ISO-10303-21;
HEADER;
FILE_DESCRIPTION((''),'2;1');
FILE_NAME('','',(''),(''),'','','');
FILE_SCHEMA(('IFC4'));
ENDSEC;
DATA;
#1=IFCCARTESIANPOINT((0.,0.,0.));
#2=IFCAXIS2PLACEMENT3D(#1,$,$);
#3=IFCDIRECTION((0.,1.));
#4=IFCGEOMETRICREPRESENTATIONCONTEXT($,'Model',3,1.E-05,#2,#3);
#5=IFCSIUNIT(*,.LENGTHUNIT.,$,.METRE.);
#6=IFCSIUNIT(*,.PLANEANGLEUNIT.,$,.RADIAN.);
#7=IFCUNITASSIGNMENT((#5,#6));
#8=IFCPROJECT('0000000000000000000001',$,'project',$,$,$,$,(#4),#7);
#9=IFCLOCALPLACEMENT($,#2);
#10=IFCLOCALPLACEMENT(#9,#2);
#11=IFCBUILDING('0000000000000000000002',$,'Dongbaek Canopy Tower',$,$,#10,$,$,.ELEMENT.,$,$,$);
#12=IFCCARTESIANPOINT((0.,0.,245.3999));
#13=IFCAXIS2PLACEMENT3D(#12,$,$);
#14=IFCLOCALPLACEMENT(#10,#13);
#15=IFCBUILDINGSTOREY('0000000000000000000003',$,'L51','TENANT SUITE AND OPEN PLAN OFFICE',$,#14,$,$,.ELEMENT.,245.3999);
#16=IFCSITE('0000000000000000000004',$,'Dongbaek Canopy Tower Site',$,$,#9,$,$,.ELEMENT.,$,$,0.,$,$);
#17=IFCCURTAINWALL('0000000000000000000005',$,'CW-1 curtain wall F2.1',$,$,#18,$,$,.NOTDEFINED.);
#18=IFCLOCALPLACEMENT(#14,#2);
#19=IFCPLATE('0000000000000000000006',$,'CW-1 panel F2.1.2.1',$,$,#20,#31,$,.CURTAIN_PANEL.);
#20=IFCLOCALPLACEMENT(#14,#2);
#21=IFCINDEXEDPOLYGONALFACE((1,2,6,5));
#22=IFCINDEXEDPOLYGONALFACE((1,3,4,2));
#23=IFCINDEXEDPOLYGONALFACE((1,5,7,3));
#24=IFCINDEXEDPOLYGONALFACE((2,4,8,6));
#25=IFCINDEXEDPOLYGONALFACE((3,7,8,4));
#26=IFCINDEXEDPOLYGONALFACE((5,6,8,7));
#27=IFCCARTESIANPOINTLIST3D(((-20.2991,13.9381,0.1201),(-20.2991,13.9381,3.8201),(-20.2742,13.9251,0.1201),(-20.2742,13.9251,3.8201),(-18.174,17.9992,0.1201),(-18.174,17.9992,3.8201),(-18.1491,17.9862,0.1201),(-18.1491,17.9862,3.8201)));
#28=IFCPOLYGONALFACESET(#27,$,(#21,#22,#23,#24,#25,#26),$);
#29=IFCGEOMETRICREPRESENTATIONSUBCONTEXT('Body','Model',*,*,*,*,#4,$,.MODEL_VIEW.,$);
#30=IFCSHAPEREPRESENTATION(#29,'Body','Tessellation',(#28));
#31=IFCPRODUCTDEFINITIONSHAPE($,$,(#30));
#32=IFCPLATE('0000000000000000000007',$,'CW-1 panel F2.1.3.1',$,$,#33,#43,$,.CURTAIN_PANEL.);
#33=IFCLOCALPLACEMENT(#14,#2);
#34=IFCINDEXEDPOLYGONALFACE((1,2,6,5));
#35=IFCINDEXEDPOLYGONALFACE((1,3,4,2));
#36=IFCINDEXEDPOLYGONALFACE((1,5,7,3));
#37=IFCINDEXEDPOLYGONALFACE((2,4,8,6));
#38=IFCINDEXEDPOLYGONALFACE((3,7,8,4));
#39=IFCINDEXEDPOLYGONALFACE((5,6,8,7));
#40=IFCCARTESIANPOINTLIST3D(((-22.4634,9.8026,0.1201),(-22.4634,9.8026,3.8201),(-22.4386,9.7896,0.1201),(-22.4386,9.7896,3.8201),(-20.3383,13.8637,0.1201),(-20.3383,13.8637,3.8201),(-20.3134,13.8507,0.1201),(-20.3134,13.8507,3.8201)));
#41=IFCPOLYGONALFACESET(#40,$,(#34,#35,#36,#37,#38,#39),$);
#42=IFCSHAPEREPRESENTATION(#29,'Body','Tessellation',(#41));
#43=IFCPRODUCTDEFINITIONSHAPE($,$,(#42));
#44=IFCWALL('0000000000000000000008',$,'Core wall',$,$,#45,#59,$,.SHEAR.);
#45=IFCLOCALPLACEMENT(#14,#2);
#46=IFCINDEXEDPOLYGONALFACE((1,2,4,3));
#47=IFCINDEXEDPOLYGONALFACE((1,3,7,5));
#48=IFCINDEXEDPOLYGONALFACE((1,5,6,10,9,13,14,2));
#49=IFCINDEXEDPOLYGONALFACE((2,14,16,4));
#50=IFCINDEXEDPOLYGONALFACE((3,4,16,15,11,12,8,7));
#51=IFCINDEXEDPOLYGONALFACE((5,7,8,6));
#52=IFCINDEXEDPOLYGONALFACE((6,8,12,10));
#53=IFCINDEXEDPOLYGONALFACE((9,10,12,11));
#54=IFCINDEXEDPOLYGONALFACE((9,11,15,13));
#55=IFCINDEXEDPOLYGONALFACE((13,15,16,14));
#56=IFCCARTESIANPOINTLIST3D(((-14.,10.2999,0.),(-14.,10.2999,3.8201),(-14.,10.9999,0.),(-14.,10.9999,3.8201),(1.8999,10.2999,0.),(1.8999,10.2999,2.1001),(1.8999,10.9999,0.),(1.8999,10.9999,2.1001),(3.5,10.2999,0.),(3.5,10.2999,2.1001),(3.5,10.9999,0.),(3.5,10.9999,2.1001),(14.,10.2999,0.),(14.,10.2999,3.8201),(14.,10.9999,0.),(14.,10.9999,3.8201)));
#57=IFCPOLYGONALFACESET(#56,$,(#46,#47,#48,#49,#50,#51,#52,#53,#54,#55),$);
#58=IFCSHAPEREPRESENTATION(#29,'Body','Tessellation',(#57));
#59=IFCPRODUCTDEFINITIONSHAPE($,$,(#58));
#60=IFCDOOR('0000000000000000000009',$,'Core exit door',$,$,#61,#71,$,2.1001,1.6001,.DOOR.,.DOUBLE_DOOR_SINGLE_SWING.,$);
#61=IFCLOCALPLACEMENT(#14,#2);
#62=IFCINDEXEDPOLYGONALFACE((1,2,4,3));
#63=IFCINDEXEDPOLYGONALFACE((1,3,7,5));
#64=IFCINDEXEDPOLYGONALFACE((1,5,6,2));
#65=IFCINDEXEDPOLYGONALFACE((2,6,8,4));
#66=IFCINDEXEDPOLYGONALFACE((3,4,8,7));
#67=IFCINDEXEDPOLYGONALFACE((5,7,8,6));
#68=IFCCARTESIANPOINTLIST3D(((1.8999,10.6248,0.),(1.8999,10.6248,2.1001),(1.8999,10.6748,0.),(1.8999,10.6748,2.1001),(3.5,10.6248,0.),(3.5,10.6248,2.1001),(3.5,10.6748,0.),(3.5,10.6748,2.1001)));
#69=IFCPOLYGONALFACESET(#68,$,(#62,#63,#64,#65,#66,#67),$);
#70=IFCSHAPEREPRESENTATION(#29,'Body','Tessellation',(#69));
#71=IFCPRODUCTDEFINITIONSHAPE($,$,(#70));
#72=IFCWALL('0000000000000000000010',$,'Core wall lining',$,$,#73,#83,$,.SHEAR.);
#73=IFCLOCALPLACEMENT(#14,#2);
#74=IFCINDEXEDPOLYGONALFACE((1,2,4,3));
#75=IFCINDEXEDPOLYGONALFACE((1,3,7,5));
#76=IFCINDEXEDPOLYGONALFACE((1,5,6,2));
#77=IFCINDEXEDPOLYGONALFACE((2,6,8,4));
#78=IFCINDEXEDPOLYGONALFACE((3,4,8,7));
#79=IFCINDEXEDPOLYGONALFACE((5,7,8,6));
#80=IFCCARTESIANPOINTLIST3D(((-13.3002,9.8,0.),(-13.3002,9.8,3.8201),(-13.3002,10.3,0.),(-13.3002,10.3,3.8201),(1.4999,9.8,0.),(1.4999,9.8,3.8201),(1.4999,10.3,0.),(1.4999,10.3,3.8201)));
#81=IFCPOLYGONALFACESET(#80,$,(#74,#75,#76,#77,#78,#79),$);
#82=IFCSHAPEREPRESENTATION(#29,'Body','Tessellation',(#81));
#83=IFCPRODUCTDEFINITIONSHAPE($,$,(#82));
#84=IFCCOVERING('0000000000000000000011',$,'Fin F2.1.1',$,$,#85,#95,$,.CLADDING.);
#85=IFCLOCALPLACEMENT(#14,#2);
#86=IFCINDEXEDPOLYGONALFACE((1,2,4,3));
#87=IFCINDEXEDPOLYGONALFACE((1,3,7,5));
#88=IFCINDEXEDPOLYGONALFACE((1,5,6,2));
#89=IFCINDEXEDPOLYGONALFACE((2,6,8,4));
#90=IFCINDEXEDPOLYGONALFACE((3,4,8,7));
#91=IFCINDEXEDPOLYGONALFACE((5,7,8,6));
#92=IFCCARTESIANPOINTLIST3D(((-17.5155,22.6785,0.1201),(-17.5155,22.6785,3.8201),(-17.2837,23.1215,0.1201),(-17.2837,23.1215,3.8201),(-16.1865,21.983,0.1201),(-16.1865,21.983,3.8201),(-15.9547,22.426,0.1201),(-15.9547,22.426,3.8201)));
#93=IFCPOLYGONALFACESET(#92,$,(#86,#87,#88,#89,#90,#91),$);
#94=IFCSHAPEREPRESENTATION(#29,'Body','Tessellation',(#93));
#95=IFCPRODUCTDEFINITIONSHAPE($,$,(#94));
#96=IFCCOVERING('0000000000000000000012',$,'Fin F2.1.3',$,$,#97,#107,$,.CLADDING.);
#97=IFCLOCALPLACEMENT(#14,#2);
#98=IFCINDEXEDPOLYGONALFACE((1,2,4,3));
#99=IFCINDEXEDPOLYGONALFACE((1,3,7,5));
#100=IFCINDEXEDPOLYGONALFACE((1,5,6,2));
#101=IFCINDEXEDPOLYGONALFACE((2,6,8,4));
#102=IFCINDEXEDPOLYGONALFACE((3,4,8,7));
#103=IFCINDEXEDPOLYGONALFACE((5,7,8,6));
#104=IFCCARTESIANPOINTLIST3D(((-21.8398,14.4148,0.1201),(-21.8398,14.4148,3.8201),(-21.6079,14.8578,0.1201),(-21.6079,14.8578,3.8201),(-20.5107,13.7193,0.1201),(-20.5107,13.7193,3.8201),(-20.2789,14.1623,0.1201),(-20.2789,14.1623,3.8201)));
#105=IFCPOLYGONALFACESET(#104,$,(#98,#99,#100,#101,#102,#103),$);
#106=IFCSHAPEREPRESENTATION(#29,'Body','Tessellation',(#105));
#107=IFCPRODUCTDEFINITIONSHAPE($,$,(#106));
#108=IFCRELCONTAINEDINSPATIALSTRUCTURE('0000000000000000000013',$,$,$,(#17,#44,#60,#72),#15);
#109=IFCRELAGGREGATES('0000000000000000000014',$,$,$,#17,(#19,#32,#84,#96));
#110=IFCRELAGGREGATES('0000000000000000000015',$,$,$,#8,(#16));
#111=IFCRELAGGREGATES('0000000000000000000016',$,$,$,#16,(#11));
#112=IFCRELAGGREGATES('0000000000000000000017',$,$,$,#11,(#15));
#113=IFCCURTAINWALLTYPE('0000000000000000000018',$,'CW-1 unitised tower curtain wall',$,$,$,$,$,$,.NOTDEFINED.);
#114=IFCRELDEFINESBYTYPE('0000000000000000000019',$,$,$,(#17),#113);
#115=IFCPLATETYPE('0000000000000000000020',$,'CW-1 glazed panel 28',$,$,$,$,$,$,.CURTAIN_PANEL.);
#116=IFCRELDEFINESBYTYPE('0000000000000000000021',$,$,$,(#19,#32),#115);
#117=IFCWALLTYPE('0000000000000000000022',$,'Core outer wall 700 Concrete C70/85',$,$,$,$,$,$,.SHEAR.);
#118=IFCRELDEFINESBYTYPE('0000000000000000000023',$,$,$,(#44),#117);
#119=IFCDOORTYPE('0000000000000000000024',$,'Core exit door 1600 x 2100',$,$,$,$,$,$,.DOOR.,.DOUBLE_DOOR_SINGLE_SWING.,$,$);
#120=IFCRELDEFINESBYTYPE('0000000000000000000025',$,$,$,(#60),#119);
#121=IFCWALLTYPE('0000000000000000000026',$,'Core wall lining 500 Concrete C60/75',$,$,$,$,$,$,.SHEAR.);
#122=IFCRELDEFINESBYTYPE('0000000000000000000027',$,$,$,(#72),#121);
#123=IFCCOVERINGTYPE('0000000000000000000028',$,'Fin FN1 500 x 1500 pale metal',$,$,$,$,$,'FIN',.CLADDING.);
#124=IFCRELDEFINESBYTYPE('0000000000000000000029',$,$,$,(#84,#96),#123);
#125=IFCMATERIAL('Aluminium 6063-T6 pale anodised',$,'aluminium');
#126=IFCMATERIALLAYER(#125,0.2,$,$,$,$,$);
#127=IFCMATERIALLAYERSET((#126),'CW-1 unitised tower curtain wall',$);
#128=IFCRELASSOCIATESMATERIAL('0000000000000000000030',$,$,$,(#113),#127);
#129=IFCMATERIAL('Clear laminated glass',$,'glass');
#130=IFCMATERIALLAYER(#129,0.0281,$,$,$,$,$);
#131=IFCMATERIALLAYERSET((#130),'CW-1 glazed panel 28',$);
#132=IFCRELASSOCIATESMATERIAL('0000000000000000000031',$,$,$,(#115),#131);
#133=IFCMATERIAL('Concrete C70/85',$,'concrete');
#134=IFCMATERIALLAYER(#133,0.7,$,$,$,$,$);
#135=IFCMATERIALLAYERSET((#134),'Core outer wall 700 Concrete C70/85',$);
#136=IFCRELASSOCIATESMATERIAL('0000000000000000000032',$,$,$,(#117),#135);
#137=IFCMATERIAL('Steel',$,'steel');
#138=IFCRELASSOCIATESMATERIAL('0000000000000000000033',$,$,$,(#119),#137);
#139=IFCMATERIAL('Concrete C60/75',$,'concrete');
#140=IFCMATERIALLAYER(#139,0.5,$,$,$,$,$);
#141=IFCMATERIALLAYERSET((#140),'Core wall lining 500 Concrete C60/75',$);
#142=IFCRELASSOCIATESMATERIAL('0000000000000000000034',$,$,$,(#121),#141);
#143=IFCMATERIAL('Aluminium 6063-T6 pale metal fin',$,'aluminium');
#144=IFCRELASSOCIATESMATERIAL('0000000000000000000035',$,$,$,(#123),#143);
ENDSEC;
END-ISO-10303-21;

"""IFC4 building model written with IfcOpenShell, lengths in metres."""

from ifc_helpers import new_model, si_unit, direction, frame, frame_2d, origin, origin_2d, place, context, subcontext, project, spatial, rectangle, extrude, material, layer, layer_set, material_profile, profile_set, type_object, element, fill, aggregate, save


model = new_model("IFC4")

# Units and contexts
model_context = context("Model", 3, precision=1e-05, world=origin(), true_north=direction((0.0, 1.0)))
body_context = subcontext(model_context, "Body", "Model", "MODEL_VIEW")
ifc_project = project(units=[si_unit("LENGTHUNIT", "METRE"), si_unit("PLANEANGLEUNIT", "RADIAN")], contexts=[model_context])

# Site, building, storey
site_placement = place(None, origin())
site = spatial("IfcSite", under=ifc_project, at=site_placement, Name="Dongbaek Canopy Tower Site", CompositionType="ELEMENT", RefElevation=0.0)
building_placement = place(site_placement, origin())
building = spatial("IfcBuilding", under=site, at=building_placement, Name="Dongbaek Canopy Tower", CompositionType="ELEMENT")
storey_placement = place(building_placement, frame((0.0, 0.0, 245.3999)))
storey = spatial("IfcBuildingStorey", under=building, at=storey_placement, Name="L51", Description="TENANT SUITE AND OPEN PLAN OFFICE", CompositionType="ELEMENT", Elevation=245.3999)

# Curtain wall
ifc_material_1 = material(Name="Aluminium 6063-T6 pale anodised", Category="aluminium")
ifc_layer_1 = layer(ifc_material_1, 0.2)
ifc_layer_set_1 = layer_set([ifc_layer_1], Name="CW-1 unitised tower curtain wall")
curtain_wall_type = type_object("IfcCurtainWallType", Name="CW-1 unitised tower curtain wall", PredefinedType="NOTDEFINED", material=ifc_layer_set_1)
curtain_wall_1_placement = place(storey_placement, origin())
curtain_wall_1 = element("IfcCurtainWall", 1, at=curtain_wall_1_placement, inside=storey, type_object=curtain_wall_type, Name="CW-1 curtain wall F2.1", PredefinedType="NOTDEFINED")

# Plates
ifc_material_2 = material(Name="Clear laminated glass", Category="glass")
ifc_layer_2 = layer(ifc_material_2, 0.0281)
ifc_layer_set_2 = layer_set([ifc_layer_2], Name="CW-1 glazed panel 28")
plate_type = type_object("IfcPlateType", Name="CW-1 glazed panel 28", PredefinedType="CURTAIN_PANEL", material=ifc_layer_set_2)
plate_1_placement = place(storey_placement, frame((-19.2241, 15.9622, 0.1201), z_axis=(0.0, 0.0, 1.0), x_axis=(-0.463649, -0.886019, 0.0)))
plate_1 = element("IfcPlate", 2, at=plate_1_placement, type_object=plate_type, Name="CW-1 panel F2.1.2.1", PredefinedType="CURTAIN_PANEL", context=body_context, shape_type="SweptSolid", body=[
    extrude(rectangle(XDim=4.5835, YDim=0.0281, at=origin_2d()), origin(), (0.0, 0.0, 1.0), 3.7),
])
plate_2_placement = place(storey_placement, frame((-21.3884, 11.8267, 0.1201), z_axis=(0.0, 0.0, 1.0), x_axis=(-0.463649, -0.886019, 0.0)))
plate_2 = element("IfcPlate", 3, at=plate_2_placement, type_object=plate_type, Name="CW-1 panel F2.1.3.1", PredefinedType="CURTAIN_PANEL", context=body_context, shape_type="SweptSolid", body=[
    extrude(rectangle(XDim=4.5835, YDim=0.0281, at=origin_2d()), origin(), (0.0, 0.0, 1.0), 3.7),
])

# Wall, opening, door
ifc_material_3 = material(Name="Concrete C70/85", Category="concrete")
ifc_layer_3 = layer(ifc_material_3, 0.7)
ifc_layer_set_3 = layer_set([ifc_layer_3], Name="Core outer wall 700 Concrete C70/85")
wall_type_1 = type_object("IfcWallType", Name="Core outer wall 700 Concrete C70/85", PredefinedType="SHEAR", material=ifc_layer_set_3)
wall_1_placement = place(storey_placement, frame((-14.0, 10.6499, 0.0), z_axis=(0.0, 0.0, 1.0), x_axis=(1.0, 0.0, 0.0)))
wall_1 = element("IfcWall", 4, at=wall_1_placement, inside=storey, type_object=wall_type_1, Name="Core wall", PredefinedType="SHEAR", context=body_context, shape_type="SweptSolid", body=[
    extrude(rectangle(XDim=28.0, YDim=0.7, at=frame_2d((14.0, 0.0))), origin(), (0.0, 0.0, 1.0), 3.8201),
])
opening_placement = place(wall_1_placement, frame((15.8999, 0.0, 0.0)))
opening = element("IfcOpeningElement", 5, at=opening_placement, cuts=wall_1, PredefinedType="OPENING", context=body_context, shape_type="SweptSolid", body=[
    extrude(rectangle(XDim=1.6001, YDim=2.1001, at=frame_2d((0.8, 1.05))), frame((0.0, 0.3599, 0.0), z_axis=(0.0, -1.0, 0.0), x_axis=(1.0, 0.0, 0.0)), (0.0, 0.0, 1.0), 0.72),
])
ifc_material_4 = material(Name="Steel", Category="steel")
door_type = type_object("IfcDoorType", Name="Core exit door 1600 x 2100", OperationType="DOUBLE_DOOR_SINGLE_SWING", PredefinedType="DOOR", material=ifc_material_4)
door_placement = place(opening_placement, origin())
door = element("IfcDoor", 6, at=door_placement, inside=storey, type_object=door_type, Name="Core exit door", OperationType="DOUBLE_DOOR_SINGLE_SWING", OverallHeight=2.1001, OverallWidth=1.6001, PredefinedType="DOOR", context=body_context, shape_type="SweptSolid", body=[
    extrude(rectangle(XDim=1.6001, YDim=2.1001, at=frame_2d((0.8, 1.05))), frame((0.0, 0.0249, 0.0), z_axis=(0.0, -1.0, 0.0), x_axis=(1.0, 0.0, 0.0)), (0.0, 0.0, 1.0), 0.05),
])
fill(opening, door)

# Wall
ifc_material_5 = material(Name="Concrete C60/75", Category="concrete")
ifc_layer_4 = layer(ifc_material_5, 0.5)
ifc_layer_set_4 = layer_set([ifc_layer_4], Name="Core wall lining 500 Concrete C60/75")
wall_type_2 = type_object("IfcWallType", Name="Core wall lining 500 Concrete C60/75", PredefinedType="SHEAR", material=ifc_layer_set_4)
wall_2_placement = place(storey_placement, frame((-13.3, 10.05, 0.0), z_axis=(0.0, 0.0, 1.0), x_axis=(1.0, 0.0, 0.0)))
element("IfcWall", 7, at=wall_2_placement, inside=storey, type_object=wall_type_2, Name="Core wall lining", PredefinedType="SHEAR", context=body_context, shape_type="SweptSolid", body=[
    extrude(rectangle(XDim=14.8, YDim=0.5, at=frame_2d((7.3999, 0.0))), origin(), (0.0, 0.0, 1.0), 3.8201),
])

# Coverings
ifc_material_6 = material(Name="Aluminium 6063-T6 pale metal fin", Category="aluminium")
ifc_material_profile_1 = material_profile(ifc_material_6, rectangle(XDim=1.5, YDim=0.5, at=origin_2d()), Name="Fin FN1 500 x 1500 pale metal")
ifc_profile_set_1 = profile_set([ifc_material_profile_1], Name="Aluminium 6063-T6 pale metal fin")
covering_type = type_object("IfcCoveringType", Name="Fin FN1 500 x 1500 pale metal", ElementType="FIN", PredefinedType="CLADDING", material=ifc_profile_set_1)
covering_1_placement = place(storey_placement, frame((-16.7351, 22.5522, 0.1201), z_axis=(0.0, 0.0, 1.0), x_axis=(-0.886019, 0.463649, 0.0)))
covering_1 = element("IfcCovering", 8, at=covering_1_placement, type_object=covering_type, Name="Fin F2.1.1", PredefinedType="CLADDING", context=body_context, shape_type="SweptSolid", body=[
    extrude(rectangle(XDim=1.5, YDim=0.5, at=origin_2d()), origin(), (0.0, 0.0, 1.0), 3.7),
])
covering_2_placement = place(storey_placement, frame((-21.0593, 14.2886, 0.1201), z_axis=(0.0, 0.0, 1.0), x_axis=(-0.886019, 0.463649, 0.0)))
covering_2 = element("IfcCovering", 9, at=covering_2_placement, type_object=covering_type, Name="Fin F2.1.3", PredefinedType="CLADDING", context=body_context, shape_type="SweptSolid", body=[
    extrude(rectangle(XDim=1.5, YDim=0.5, at=origin_2d()), origin(), (0.0, 0.0, 1.0), 3.7),
])
aggregate(curtain_wall_1, [plate_1, plate_2, covering_1, covering_2])

save(model, "model.ifc")
